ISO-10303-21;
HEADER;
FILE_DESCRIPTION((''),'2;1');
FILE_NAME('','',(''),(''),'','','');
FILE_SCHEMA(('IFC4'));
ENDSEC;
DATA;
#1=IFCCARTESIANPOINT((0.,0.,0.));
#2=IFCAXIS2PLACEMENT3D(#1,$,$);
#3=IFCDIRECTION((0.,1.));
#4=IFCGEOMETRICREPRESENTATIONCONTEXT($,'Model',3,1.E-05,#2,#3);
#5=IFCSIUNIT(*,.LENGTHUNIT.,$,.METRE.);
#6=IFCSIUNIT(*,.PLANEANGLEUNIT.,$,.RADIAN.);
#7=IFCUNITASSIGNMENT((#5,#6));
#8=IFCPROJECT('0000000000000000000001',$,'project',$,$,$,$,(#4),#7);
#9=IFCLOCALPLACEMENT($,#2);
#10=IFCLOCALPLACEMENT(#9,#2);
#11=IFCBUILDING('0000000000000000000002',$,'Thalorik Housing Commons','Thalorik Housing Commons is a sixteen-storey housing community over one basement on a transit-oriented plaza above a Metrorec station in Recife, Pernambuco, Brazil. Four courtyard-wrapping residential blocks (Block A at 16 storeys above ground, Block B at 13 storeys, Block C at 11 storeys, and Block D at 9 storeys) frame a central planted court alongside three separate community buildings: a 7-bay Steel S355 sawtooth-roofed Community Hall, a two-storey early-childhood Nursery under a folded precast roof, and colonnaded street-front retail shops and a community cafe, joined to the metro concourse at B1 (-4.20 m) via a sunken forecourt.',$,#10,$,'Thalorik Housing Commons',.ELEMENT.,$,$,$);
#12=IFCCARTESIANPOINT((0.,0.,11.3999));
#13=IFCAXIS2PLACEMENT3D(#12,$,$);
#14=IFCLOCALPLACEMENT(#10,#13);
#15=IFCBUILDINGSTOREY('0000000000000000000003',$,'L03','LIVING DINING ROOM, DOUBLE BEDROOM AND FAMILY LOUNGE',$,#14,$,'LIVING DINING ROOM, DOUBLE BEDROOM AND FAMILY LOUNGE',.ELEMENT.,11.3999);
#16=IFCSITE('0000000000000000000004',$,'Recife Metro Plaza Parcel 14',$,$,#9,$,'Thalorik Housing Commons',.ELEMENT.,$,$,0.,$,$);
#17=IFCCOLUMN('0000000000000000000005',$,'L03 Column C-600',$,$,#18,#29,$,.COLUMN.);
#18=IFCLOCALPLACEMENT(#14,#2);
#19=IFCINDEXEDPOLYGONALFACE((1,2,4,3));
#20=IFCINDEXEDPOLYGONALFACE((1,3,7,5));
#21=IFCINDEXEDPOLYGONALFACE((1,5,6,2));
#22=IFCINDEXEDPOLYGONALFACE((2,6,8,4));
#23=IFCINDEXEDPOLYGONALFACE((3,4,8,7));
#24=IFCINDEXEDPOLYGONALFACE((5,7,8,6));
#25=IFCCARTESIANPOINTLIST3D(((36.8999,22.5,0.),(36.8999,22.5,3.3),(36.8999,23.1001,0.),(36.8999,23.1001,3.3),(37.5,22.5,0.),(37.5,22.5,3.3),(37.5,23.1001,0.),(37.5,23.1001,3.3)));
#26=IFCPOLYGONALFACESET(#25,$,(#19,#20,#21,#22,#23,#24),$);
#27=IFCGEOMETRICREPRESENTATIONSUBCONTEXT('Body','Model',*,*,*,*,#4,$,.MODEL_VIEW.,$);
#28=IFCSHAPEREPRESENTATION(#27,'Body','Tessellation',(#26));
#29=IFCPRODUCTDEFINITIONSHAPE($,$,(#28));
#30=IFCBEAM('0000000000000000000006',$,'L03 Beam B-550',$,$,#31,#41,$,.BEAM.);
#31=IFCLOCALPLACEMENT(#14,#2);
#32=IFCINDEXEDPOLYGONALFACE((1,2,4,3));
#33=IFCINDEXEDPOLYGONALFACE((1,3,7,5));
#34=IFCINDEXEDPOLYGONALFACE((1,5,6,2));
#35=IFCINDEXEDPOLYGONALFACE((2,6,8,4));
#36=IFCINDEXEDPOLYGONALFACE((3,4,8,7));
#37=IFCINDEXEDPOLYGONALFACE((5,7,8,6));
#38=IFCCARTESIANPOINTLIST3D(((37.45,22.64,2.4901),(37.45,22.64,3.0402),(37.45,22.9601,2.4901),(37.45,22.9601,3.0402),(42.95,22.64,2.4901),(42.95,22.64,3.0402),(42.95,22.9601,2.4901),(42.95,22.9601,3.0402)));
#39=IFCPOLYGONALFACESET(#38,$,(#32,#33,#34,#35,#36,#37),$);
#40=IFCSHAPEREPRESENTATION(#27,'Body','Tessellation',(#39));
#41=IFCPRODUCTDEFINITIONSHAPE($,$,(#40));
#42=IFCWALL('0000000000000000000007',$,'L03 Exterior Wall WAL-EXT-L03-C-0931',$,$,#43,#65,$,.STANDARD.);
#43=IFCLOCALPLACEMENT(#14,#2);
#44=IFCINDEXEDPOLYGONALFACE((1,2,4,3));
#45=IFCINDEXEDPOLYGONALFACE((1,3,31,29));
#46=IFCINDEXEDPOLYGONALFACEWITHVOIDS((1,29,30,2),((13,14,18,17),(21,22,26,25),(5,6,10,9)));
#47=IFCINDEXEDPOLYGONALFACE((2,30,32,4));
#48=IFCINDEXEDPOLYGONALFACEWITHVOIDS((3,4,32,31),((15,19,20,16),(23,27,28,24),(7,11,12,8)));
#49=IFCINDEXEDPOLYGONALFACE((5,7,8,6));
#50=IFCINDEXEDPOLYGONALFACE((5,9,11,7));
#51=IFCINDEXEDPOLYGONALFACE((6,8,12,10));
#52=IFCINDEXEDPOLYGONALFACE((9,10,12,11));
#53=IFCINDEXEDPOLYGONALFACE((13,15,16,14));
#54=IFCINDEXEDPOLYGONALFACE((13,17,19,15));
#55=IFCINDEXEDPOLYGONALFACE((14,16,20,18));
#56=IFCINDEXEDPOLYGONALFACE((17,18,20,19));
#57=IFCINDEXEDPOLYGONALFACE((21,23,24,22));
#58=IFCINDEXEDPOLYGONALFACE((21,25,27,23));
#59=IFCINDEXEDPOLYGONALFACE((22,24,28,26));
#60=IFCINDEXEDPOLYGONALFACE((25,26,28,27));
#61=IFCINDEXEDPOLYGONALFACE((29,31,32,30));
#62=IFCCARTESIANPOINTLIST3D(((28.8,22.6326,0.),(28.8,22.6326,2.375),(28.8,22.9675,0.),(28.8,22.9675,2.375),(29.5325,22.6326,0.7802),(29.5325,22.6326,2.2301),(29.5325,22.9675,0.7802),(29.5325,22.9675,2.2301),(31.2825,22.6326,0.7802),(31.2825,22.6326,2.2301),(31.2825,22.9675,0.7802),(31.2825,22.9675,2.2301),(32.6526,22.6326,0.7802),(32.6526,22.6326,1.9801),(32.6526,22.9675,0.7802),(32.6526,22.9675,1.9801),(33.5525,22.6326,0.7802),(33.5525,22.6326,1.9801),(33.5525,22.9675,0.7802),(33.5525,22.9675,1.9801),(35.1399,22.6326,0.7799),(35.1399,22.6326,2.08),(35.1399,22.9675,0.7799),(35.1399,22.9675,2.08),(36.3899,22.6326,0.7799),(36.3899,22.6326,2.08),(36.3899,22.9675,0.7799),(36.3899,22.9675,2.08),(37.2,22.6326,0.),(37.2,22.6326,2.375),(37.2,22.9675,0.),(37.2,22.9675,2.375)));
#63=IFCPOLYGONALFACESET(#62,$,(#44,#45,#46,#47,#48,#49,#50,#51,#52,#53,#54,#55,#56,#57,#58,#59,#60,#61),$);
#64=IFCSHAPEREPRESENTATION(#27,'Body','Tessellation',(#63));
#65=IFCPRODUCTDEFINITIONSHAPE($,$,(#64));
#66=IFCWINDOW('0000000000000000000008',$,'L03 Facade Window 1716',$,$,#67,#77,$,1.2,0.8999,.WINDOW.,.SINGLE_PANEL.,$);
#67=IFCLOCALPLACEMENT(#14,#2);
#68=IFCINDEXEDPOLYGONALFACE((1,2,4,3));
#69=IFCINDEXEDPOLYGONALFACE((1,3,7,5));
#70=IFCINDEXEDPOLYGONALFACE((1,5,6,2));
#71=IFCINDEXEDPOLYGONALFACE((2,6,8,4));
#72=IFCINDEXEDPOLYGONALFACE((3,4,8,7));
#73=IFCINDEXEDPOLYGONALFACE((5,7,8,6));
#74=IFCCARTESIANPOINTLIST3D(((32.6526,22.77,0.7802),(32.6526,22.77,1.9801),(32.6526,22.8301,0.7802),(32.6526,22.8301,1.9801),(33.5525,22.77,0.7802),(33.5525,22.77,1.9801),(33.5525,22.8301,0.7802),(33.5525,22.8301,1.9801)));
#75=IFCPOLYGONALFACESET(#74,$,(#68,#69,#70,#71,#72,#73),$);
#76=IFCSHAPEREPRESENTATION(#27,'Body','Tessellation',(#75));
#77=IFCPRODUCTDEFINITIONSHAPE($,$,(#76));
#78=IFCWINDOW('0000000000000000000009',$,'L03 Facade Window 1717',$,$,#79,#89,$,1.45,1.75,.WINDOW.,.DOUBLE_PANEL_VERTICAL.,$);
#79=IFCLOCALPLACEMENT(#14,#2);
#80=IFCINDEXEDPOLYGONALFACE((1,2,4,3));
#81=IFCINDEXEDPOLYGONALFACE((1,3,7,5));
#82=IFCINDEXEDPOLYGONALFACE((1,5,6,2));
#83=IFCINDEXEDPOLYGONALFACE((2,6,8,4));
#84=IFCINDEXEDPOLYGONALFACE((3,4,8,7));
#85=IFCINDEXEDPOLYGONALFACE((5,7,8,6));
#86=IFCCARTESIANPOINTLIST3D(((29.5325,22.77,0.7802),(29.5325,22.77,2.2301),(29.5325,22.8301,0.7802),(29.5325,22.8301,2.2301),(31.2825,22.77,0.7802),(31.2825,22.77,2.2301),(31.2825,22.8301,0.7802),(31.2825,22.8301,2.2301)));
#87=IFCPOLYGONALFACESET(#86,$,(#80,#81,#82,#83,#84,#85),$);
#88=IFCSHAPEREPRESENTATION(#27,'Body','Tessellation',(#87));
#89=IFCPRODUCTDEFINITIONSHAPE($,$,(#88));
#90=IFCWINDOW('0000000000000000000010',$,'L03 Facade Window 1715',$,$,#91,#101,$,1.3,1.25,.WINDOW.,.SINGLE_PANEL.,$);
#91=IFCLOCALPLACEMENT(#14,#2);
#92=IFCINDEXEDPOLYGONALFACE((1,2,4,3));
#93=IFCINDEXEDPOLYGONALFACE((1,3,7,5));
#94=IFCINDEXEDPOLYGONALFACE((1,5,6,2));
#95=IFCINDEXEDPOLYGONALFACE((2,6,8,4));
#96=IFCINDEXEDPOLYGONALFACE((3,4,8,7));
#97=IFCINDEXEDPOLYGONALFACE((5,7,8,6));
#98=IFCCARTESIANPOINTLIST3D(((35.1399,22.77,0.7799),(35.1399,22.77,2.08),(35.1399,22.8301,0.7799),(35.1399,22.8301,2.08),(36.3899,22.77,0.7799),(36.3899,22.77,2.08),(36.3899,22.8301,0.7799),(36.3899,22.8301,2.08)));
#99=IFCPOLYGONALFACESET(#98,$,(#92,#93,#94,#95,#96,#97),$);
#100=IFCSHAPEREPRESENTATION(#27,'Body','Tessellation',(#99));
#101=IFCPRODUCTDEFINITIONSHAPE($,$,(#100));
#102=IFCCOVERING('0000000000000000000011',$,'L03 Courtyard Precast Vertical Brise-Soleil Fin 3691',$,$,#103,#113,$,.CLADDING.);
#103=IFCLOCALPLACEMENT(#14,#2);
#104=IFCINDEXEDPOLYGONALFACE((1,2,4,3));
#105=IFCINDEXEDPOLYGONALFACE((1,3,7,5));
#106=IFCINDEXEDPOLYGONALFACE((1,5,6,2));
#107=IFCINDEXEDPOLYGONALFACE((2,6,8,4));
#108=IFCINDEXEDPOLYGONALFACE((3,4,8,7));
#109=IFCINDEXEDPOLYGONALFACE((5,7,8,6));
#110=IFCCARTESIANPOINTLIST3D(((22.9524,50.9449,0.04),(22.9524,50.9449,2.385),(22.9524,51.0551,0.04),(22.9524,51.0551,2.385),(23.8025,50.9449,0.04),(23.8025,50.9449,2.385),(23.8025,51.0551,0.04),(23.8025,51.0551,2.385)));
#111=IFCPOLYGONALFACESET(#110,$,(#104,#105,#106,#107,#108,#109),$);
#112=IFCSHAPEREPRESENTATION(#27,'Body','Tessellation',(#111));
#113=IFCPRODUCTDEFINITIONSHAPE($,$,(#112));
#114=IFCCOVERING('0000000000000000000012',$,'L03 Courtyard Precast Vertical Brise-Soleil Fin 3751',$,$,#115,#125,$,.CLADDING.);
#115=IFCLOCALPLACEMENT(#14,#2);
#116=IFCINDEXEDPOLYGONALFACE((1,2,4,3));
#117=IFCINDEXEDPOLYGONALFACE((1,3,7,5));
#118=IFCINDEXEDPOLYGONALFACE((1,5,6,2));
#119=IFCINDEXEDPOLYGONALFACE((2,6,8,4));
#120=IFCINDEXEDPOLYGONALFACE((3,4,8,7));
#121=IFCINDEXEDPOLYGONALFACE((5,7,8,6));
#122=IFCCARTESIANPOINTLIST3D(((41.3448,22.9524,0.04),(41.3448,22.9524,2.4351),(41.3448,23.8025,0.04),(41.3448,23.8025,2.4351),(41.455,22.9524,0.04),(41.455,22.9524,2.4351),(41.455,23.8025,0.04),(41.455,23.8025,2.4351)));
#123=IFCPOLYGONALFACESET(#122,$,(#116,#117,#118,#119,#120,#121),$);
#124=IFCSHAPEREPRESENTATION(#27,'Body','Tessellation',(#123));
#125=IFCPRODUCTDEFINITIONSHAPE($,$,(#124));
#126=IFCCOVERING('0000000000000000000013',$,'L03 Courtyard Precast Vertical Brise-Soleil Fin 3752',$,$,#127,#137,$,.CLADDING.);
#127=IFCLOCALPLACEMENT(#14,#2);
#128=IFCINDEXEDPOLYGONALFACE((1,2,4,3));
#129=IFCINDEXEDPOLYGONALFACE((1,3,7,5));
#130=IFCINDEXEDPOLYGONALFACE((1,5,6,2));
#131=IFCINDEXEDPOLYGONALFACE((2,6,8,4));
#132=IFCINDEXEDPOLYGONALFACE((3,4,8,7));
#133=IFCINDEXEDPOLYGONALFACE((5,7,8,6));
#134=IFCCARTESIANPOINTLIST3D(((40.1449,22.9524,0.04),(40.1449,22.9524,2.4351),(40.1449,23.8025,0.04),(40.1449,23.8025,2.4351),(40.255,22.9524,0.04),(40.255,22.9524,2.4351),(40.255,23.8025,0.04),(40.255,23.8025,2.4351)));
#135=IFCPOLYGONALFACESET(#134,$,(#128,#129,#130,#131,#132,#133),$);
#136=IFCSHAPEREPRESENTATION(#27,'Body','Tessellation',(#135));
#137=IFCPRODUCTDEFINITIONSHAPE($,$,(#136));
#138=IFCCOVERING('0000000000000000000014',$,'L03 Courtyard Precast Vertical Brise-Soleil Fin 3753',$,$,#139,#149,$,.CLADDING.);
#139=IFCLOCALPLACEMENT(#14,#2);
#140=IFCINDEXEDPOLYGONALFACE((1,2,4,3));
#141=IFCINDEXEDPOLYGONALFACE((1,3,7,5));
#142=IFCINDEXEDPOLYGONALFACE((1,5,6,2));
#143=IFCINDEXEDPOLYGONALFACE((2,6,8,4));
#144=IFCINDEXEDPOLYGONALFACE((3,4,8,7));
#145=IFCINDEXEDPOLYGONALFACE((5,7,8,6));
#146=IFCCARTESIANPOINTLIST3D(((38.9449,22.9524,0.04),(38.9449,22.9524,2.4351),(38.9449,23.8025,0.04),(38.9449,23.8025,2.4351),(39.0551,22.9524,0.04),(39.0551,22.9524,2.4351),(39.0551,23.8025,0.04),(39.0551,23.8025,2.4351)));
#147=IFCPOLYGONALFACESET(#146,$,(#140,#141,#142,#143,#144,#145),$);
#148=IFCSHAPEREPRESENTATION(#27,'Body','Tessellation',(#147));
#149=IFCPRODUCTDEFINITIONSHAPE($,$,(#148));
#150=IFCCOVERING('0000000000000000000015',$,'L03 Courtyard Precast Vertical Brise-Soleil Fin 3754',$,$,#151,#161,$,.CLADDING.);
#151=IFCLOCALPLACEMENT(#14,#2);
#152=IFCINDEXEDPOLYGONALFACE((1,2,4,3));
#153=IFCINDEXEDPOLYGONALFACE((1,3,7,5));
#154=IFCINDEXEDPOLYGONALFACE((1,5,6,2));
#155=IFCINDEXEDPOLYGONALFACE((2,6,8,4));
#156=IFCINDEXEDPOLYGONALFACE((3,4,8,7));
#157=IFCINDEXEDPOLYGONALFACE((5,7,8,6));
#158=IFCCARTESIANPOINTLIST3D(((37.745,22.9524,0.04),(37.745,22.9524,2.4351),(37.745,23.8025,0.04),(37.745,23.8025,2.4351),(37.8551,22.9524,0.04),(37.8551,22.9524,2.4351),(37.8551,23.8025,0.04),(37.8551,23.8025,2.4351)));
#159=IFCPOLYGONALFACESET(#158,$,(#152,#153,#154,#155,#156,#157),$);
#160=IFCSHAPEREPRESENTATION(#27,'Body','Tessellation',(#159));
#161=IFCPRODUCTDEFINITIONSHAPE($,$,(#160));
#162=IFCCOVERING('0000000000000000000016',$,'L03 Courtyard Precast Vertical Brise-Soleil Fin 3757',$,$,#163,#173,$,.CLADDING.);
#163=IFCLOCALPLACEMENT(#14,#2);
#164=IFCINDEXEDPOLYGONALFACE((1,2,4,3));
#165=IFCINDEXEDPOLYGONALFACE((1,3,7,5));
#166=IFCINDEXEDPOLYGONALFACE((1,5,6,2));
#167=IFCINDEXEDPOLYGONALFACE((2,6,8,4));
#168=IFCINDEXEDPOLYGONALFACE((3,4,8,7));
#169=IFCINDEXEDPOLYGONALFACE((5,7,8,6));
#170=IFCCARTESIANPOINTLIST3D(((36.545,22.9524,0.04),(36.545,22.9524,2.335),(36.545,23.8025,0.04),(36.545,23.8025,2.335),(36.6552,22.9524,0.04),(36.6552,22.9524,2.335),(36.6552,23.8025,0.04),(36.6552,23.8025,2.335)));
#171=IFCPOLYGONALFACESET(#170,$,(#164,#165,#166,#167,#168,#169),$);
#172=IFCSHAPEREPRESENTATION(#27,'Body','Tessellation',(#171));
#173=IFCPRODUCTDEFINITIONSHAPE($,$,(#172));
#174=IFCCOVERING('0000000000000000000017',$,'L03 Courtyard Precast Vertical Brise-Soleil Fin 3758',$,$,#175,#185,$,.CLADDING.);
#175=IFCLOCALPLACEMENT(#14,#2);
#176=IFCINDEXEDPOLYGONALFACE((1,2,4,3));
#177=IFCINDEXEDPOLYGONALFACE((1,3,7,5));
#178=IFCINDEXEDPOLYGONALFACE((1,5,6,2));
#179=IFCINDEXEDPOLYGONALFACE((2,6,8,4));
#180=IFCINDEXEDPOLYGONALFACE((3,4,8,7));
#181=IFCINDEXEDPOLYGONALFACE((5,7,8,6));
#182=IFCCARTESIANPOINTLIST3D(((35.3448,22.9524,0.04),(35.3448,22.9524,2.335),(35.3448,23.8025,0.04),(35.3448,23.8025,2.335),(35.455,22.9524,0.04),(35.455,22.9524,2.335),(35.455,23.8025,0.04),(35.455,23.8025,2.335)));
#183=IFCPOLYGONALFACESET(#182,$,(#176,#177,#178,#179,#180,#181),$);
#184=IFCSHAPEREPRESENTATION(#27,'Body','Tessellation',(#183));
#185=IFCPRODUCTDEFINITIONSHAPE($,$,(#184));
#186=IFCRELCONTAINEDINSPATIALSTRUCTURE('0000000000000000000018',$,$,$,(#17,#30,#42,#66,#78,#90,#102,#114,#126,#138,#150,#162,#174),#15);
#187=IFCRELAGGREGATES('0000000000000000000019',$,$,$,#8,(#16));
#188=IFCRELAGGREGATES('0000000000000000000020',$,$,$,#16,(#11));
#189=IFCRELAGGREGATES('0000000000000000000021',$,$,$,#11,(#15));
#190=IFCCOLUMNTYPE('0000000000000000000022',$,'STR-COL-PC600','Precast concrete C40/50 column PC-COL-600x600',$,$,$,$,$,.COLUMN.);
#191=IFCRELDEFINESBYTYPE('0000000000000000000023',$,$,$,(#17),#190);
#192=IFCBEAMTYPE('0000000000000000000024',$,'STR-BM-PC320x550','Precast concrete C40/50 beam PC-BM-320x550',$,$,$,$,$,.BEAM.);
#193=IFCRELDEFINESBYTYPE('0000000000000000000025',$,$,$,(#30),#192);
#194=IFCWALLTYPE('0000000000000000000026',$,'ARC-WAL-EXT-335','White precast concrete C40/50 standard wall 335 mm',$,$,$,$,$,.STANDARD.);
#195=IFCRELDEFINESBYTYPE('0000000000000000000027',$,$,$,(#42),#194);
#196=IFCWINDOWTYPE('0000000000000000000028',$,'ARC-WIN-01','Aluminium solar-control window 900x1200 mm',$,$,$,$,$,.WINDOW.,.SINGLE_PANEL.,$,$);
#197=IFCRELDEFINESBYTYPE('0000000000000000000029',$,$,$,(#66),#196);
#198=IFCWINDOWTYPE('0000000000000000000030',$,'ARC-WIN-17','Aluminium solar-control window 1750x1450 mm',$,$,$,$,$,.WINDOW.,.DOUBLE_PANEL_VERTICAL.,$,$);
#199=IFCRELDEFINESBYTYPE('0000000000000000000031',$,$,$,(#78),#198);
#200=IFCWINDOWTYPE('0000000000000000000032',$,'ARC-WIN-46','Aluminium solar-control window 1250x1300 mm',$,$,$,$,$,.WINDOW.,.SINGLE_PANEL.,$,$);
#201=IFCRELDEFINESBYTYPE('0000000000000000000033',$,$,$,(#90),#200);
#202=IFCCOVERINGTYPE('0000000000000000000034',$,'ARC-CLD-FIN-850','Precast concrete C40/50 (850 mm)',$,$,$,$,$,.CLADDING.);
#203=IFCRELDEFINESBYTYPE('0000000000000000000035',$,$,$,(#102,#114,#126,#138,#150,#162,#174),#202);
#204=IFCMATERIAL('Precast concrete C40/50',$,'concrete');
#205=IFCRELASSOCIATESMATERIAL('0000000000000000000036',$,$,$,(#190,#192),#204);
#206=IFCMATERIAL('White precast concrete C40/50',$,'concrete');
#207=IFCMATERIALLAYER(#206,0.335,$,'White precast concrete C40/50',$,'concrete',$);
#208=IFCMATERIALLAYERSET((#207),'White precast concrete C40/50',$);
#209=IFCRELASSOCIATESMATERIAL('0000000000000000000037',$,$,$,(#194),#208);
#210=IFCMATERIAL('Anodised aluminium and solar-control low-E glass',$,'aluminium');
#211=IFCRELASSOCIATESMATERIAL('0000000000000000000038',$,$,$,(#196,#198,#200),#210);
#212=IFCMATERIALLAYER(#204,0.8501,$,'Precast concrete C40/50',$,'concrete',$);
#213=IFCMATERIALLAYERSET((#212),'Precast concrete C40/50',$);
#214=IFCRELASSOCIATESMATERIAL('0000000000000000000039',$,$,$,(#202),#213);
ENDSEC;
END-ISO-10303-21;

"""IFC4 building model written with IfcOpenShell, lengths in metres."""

from ifc_helpers import new_model, si_unit, direction, frame, frame_2d, origin, origin_2d, place, context, subcontext, project, spatial, rectangle, extrude, material, layer, layer_set, material_profile, profile_set, type_object, element, fill, save


model = new_model("IFC4")

# Units and contexts
model_context = context("Model", 3, precision=1e-05, world=origin(), true_north=direction((0.0, 1.0)))
body_context = subcontext(model_context, "Body", "Model", "MODEL_VIEW")
ifc_project = project(units=[si_unit("LENGTHUNIT", "METRE"), si_unit("PLANEANGLEUNIT", "RADIAN")], contexts=[model_context])

# Site, building, storey
site_placement = place(None, origin())
site = spatial("IfcSite", under=ifc_project, at=site_placement, Name="Recife Metro Plaza Parcel 14", LongName="Thalorik Housing Commons", CompositionType="ELEMENT", RefElevation=0.0)
building_placement = place(site_placement, origin())
building = spatial("IfcBuilding", under=site, at=building_placement, Name="Thalorik Housing Commons", Description="Thalorik Housing Commons is a sixteen-storey housing community over one basement on a transit-oriented plaza above a Metrorec station in Recife, Pernambuco, Brazil. Four courtyard-wrapping residential blocks (Block A at 16 storeys above ground, Block B at 13 storeys, Block C at 11 storeys, and Block D at 9 storeys) frame a central planted court alongside three separate community buildings: a 7-bay Steel S355 sawtooth-roofed Community Hall, a two-storey early-childhood Nursery under a folded precast roof, and colonnaded street-front retail shops and a community cafe, joined to the metro concourse at B1 (-4.20 m) via a sunken forecourt.", LongName="Thalorik Housing Commons", CompositionType="ELEMENT")
storey_placement = place(building_placement, frame((0.0, 0.0, 11.3999)))
storey = spatial("IfcBuildingStorey", under=building, at=storey_placement, Name="L03", Description="LIVING DINING ROOM, DOUBLE BEDROOM AND FAMILY LOUNGE", LongName="LIVING DINING ROOM, DOUBLE BEDROOM AND FAMILY LOUNGE", CompositionType="ELEMENT", Elevation=11.3999)

# Column
ifc_material_1 = material(Name="Precast concrete C40/50", Category="concrete")
ifc_material_profile_1 = material_profile(ifc_material_1, rectangle(XDim=0.6001, YDim=0.6001, at=origin_2d()), Name="PC 600x600", Category="concrete")
ifc_profile_set_1 = profile_set([ifc_material_profile_1], Name="Precast concrete C40/50")
column_type = type_object("IfcColumnType", Name="STR-COL-PC600", Description="Precast concrete C40/50 column PC-COL-600x600", PredefinedType="COLUMN", material=ifc_profile_set_1)
column_placement = place(storey_placement, frame((37.2, 22.8, 0.0), z_axis=(0.0, 0.0, 1.0), x_axis=(1.0, 0.0, 0.0)))
element("IfcColumn", 1, at=column_placement, inside=storey, type_object=column_type, Name="L03 Column C-600", PredefinedType="COLUMN", context=body_context, shape_type="SweptSolid", body=[
    extrude(rectangle(XDim=0.6001, YDim=0.6001, at=origin_2d()), origin(), (0.0, 0.0, 1.0), 3.3),
])

# Beam
ifc_material_profile_2 = material_profile(ifc_material_1, rectangle(XDim=0.3201, YDim=0.55, at=origin_2d()), Name="PC 320x550", Category="concrete")
ifc_profile_set_2 = profile_set([ifc_material_profile_2], Name="Precast concrete C40/50")
beam_type = type_object("IfcBeamType", Name="STR-BM-PC320x550", Description="Precast concrete C40/50 beam PC-BM-320x550", PredefinedType="BEAM", material=ifc_profile_set_2)
beam_placement = place(storey_placement, frame((37.45, 22.8, 2.7651), z_axis=(1.0, 0.0, 0.0), x_axis=(0.0, 1.0, 0.0)))
element("IfcBeam", 2, at=beam_placement, inside=storey, type_object=beam_type, Name="L03 Beam B-550", PredefinedType="BEAM", context=body_context, shape_type="SweptSolid", body=[
    extrude(rectangle(XDim=0.3201, YDim=0.55, at=origin_2d()), origin(), (0.0, 0.0, 1.0), 5.5),
])

# Wall, openings, windows
ifc_material_2 = material(Name="White precast concrete C40/50", Category="concrete")
ifc_layer_1 = layer(ifc_material_2, 0.335, Name="White precast concrete C40/50", Category="concrete")
ifc_layer_set_1 = layer_set([ifc_layer_1], Name="White precast concrete C40/50")
wall_type = type_object("IfcWallType", Name="ARC-WAL-EXT-335", Description="White precast concrete C40/50 standard wall 335 mm", PredefinedType="STANDARD", material=ifc_layer_set_1)
wall_placement = place(storey_placement, frame((37.2, 22.8, 0.0), z_axis=(0.0, 0.0, 1.0), x_axis=(-1.0, 0.0, 0.0)))
wall = element("IfcWall", 3, at=wall_placement, inside=storey, type_object=wall_type, Name="L03 Exterior Wall WAL-EXT-L03-C-0931", PredefinedType="STANDARD", context=body_context, shape_type="SweptSolid", body=[
    extrude(rectangle(XDim=8.3999, YDim=0.335, at=frame_2d((4.2, 0.0))), origin(), (0.0, 0.0, 1.0), 2.375),
])
opening_1_placement = place(wall_placement, frame((0.8101, 0.0, 0.78)))
opening_1 = element("IfcOpeningElement", 4, at=opening_1_placement, cuts=wall, PredefinedType="OPENING", context=body_context, shape_type="SweptSolid", body=[
    extrude(rectangle(XDim=1.25, YDim=1.3, at=frame_2d((0.625, 0.6499))), frame((0.0, 0.1775, 0.0), z_axis=(0.0, -1.0, 0.0), x_axis=(1.0, 0.0, 0.0)), (0.0, 0.0, 1.0), 0.355),
])
opening_2_placement = place(wall_placement, frame((3.6475, 0.0, 0.78)))
opening_2 = element("IfcOpeningElement", 5, at=opening_2_placement, cuts=wall, PredefinedType="OPENING", context=body_context, shape_type="SweptSolid", body=[
    extrude(rectangle(XDim=0.8999, YDim=1.2, at=frame_2d((0.45, 0.6001))), frame((0.0, 0.1775, 0.0), z_axis=(0.0, -1.0, 0.0), x_axis=(1.0, 0.0, 0.0)), (0.0, 0.0, 1.0), 0.355),
])
opening_3_placement = place(wall_placement, frame((5.9175, 0.0, 0.78)))
opening_3 = element("IfcOpeningElement", 6, at=opening_3_placement, cuts=wall, PredefinedType="OPENING", context=body_context, shape_type="SweptSolid", body=[
    extrude(rectangle(XDim=1.75, YDim=1.45, at=frame_2d((0.875, 0.7251))), frame((0.0, 0.1775, 0.0), z_axis=(0.0, -1.0, 0.0), x_axis=(1.0, 0.0, 0.0)), (0.0, 0.0, 1.0), 0.355),
])
ifc_material_3 = material(Name="Anodised aluminium and solar-control low-E glass", Category="aluminium")
window_type_1 = type_object("IfcWindowType", Name="ARC-WIN-01", Description="Aluminium solar-control window 900x1200 mm", PartitioningType="SINGLE_PANEL", PredefinedType="WINDOW", material=ifc_material_3)
window_1_placement = place(opening_2_placement, origin())
window_1 = element("IfcWindow", 7, at=window_1_placement, inside=storey, type_object=window_type_1, Name="L03 Facade Window 1716", OverallHeight=1.2, OverallWidth=0.8999, PartitioningType="SINGLE_PANEL", PredefinedType="WINDOW", context=body_context, shape_type="SweptSolid", body=[
    extrude(rectangle(XDim=0.8999, YDim=1.2, at=frame_2d((0.45, 0.6001))), frame((0.0, 0.03, 0.0), z_axis=(0.0, -1.0, 0.0), x_axis=(1.0, 0.0, 0.0)), (0.0, 0.0, 1.0), 0.0601),
])
fill(opening_2, window_1)
window_type_2 = type_object("IfcWindowType", Name="ARC-WIN-17", Description="Aluminium solar-control window 1750x1450 mm", PartitioningType="DOUBLE_PANEL_VERTICAL", PredefinedType="WINDOW", material=ifc_material_3)
window_2_placement = place(opening_3_placement, origin())
window_2 = element("IfcWindow", 8, at=window_2_placement, inside=storey, type_object=window_type_2, Name="L03 Facade Window 1717", OverallHeight=1.45, OverallWidth=1.75, PartitioningType="DOUBLE_PANEL_VERTICAL", PredefinedType="WINDOW", context=body_context, shape_type="SweptSolid", body=[
    extrude(rectangle(XDim=1.75, YDim=1.45, at=frame_2d((0.875, 0.7251))), frame((0.0, 0.03, 0.0), z_axis=(0.0, -1.0, 0.0), x_axis=(1.0, 0.0, 0.0)), (0.0, 0.0, 1.0), 0.0601),
])
fill(opening_3, window_2)
window_type_3 = type_object("IfcWindowType", Name="ARC-WIN-46", Description="Aluminium solar-control window 1250x1300 mm", PartitioningType="SINGLE_PANEL", PredefinedType="WINDOW", material=ifc_material_3)
window_3_placement = place(opening_1_placement, origin())
window_3 = element("IfcWindow", 9, at=window_3_placement, inside=storey, type_object=window_type_3, Name="L03 Facade Window 1715", OverallHeight=1.3, OverallWidth=1.25, PartitioningType="SINGLE_PANEL", PredefinedType="WINDOW", context=body_context, shape_type="SweptSolid", body=[
    extrude(rectangle(XDim=1.25, YDim=1.3, at=frame_2d((0.625, 0.6499))), frame((0.0, 0.03, 0.0), z_axis=(0.0, -1.0, 0.0), x_axis=(1.0, 0.0, 0.0)), (0.0, 0.0, 1.0), 0.0601),
])
fill(opening_1, window_3)

# Coverings
ifc_layer_2 = layer(ifc_material_1, 0.8501, Name="Precast concrete C40/50", Category="concrete")
ifc_layer_set_2 = layer_set([ifc_layer_2], Name="Precast concrete C40/50")
covering_type_1 = type_object("IfcCoveringType", Name="ARC-CLD-FIN-850", Description="Precast concrete C40/50 (850 mm)", PredefinedType="CLADDING", material=ifc_layer_set_2)
covering_1_placement = place(storey_placement, frame((23.3774, 51.0, 0.04), z_axis=(0.0, 0.0, 1.0), x_axis=(0.0, 1.0, 0.0)))
element("IfcCovering", 10, at=covering_1_placement, inside=storey, type_object=covering_type_1, Name="L03 Courtyard Precast Vertical Brise-Soleil Fin 3691", PredefinedType="CLADDING", context=body_context, shape_type="SweptSolid", body=[
    extrude(rectangle(XDim=0.1101, YDim=0.8501, at=origin_2d()), origin(), (0.0, 0.0, 1.0), 2.345),
])
for number, where, z_axis, x_axis, name in (
    (11, (41.3999, 23.3774, 0.04), (0.0, 0.0, 1.0), (-1.0, 0.0, 0.0), "L03 Courtyard Precast Vertical Brise-Soleil Fin 3751"),
    (12, (40.2, 23.3774, 0.04), (0.0, 0.0, 1.0), (-1.0, 0.0, 0.0), "L03 Courtyard Precast Vertical Brise-Soleil Fin 3752"),
    (13, (39.0, 23.3774, 0.04), (0.0, 0.0, 1.0), (-1.0, 0.0, 0.0), "L03 Courtyard Precast Vertical Brise-Soleil Fin 3753"),
    (14, (37.8, 23.3774, 0.04), (0.0, 0.0, 1.0), (-1.0, 0.0, 0.0), "L03 Courtyard Precast Vertical Brise-Soleil Fin 3754"),
):
    element("IfcCovering", number, at=place(storey_placement, frame(where, z_axis=z_axis, x_axis=x_axis)), inside=storey, type_object=covering_type_1, Name=name, PredefinedType="CLADDING", context=body_context, shape_type="SweptSolid", body=[
        extrude(rectangle(XDim=0.1101, YDim=0.8501, at=origin_2d()), origin(), (0.0, 0.0, 1.0), 2.395),
    ])
for number, where, z_axis, x_axis, name in (
    (15, (36.6001, 23.3774, 0.04), (0.0, 0.0, 1.0), (-1.0, 0.0, 0.0), "L03 Courtyard Precast Vertical Brise-Soleil Fin 3757"),
    (16, (35.3999, 23.3774, 0.04), (0.0, 0.0, 1.0), (-1.0, 0.0, 0.0), "L03 Courtyard Precast Vertical Brise-Soleil Fin 3758"),
):
    element("IfcCovering", number, at=place(storey_placement, frame(where, z_axis=z_axis, x_axis=x_axis)), inside=storey, type_object=covering_type_1, Name=name, PredefinedType="CLADDING", context=body_context, shape_type="SweptSolid", body=[
        extrude(rectangle(XDim=0.1101, YDim=0.8501, at=origin_2d()), origin(), (0.0, 0.0, 1.0), 2.2949),
    ])

save(model, "model.ifc")
